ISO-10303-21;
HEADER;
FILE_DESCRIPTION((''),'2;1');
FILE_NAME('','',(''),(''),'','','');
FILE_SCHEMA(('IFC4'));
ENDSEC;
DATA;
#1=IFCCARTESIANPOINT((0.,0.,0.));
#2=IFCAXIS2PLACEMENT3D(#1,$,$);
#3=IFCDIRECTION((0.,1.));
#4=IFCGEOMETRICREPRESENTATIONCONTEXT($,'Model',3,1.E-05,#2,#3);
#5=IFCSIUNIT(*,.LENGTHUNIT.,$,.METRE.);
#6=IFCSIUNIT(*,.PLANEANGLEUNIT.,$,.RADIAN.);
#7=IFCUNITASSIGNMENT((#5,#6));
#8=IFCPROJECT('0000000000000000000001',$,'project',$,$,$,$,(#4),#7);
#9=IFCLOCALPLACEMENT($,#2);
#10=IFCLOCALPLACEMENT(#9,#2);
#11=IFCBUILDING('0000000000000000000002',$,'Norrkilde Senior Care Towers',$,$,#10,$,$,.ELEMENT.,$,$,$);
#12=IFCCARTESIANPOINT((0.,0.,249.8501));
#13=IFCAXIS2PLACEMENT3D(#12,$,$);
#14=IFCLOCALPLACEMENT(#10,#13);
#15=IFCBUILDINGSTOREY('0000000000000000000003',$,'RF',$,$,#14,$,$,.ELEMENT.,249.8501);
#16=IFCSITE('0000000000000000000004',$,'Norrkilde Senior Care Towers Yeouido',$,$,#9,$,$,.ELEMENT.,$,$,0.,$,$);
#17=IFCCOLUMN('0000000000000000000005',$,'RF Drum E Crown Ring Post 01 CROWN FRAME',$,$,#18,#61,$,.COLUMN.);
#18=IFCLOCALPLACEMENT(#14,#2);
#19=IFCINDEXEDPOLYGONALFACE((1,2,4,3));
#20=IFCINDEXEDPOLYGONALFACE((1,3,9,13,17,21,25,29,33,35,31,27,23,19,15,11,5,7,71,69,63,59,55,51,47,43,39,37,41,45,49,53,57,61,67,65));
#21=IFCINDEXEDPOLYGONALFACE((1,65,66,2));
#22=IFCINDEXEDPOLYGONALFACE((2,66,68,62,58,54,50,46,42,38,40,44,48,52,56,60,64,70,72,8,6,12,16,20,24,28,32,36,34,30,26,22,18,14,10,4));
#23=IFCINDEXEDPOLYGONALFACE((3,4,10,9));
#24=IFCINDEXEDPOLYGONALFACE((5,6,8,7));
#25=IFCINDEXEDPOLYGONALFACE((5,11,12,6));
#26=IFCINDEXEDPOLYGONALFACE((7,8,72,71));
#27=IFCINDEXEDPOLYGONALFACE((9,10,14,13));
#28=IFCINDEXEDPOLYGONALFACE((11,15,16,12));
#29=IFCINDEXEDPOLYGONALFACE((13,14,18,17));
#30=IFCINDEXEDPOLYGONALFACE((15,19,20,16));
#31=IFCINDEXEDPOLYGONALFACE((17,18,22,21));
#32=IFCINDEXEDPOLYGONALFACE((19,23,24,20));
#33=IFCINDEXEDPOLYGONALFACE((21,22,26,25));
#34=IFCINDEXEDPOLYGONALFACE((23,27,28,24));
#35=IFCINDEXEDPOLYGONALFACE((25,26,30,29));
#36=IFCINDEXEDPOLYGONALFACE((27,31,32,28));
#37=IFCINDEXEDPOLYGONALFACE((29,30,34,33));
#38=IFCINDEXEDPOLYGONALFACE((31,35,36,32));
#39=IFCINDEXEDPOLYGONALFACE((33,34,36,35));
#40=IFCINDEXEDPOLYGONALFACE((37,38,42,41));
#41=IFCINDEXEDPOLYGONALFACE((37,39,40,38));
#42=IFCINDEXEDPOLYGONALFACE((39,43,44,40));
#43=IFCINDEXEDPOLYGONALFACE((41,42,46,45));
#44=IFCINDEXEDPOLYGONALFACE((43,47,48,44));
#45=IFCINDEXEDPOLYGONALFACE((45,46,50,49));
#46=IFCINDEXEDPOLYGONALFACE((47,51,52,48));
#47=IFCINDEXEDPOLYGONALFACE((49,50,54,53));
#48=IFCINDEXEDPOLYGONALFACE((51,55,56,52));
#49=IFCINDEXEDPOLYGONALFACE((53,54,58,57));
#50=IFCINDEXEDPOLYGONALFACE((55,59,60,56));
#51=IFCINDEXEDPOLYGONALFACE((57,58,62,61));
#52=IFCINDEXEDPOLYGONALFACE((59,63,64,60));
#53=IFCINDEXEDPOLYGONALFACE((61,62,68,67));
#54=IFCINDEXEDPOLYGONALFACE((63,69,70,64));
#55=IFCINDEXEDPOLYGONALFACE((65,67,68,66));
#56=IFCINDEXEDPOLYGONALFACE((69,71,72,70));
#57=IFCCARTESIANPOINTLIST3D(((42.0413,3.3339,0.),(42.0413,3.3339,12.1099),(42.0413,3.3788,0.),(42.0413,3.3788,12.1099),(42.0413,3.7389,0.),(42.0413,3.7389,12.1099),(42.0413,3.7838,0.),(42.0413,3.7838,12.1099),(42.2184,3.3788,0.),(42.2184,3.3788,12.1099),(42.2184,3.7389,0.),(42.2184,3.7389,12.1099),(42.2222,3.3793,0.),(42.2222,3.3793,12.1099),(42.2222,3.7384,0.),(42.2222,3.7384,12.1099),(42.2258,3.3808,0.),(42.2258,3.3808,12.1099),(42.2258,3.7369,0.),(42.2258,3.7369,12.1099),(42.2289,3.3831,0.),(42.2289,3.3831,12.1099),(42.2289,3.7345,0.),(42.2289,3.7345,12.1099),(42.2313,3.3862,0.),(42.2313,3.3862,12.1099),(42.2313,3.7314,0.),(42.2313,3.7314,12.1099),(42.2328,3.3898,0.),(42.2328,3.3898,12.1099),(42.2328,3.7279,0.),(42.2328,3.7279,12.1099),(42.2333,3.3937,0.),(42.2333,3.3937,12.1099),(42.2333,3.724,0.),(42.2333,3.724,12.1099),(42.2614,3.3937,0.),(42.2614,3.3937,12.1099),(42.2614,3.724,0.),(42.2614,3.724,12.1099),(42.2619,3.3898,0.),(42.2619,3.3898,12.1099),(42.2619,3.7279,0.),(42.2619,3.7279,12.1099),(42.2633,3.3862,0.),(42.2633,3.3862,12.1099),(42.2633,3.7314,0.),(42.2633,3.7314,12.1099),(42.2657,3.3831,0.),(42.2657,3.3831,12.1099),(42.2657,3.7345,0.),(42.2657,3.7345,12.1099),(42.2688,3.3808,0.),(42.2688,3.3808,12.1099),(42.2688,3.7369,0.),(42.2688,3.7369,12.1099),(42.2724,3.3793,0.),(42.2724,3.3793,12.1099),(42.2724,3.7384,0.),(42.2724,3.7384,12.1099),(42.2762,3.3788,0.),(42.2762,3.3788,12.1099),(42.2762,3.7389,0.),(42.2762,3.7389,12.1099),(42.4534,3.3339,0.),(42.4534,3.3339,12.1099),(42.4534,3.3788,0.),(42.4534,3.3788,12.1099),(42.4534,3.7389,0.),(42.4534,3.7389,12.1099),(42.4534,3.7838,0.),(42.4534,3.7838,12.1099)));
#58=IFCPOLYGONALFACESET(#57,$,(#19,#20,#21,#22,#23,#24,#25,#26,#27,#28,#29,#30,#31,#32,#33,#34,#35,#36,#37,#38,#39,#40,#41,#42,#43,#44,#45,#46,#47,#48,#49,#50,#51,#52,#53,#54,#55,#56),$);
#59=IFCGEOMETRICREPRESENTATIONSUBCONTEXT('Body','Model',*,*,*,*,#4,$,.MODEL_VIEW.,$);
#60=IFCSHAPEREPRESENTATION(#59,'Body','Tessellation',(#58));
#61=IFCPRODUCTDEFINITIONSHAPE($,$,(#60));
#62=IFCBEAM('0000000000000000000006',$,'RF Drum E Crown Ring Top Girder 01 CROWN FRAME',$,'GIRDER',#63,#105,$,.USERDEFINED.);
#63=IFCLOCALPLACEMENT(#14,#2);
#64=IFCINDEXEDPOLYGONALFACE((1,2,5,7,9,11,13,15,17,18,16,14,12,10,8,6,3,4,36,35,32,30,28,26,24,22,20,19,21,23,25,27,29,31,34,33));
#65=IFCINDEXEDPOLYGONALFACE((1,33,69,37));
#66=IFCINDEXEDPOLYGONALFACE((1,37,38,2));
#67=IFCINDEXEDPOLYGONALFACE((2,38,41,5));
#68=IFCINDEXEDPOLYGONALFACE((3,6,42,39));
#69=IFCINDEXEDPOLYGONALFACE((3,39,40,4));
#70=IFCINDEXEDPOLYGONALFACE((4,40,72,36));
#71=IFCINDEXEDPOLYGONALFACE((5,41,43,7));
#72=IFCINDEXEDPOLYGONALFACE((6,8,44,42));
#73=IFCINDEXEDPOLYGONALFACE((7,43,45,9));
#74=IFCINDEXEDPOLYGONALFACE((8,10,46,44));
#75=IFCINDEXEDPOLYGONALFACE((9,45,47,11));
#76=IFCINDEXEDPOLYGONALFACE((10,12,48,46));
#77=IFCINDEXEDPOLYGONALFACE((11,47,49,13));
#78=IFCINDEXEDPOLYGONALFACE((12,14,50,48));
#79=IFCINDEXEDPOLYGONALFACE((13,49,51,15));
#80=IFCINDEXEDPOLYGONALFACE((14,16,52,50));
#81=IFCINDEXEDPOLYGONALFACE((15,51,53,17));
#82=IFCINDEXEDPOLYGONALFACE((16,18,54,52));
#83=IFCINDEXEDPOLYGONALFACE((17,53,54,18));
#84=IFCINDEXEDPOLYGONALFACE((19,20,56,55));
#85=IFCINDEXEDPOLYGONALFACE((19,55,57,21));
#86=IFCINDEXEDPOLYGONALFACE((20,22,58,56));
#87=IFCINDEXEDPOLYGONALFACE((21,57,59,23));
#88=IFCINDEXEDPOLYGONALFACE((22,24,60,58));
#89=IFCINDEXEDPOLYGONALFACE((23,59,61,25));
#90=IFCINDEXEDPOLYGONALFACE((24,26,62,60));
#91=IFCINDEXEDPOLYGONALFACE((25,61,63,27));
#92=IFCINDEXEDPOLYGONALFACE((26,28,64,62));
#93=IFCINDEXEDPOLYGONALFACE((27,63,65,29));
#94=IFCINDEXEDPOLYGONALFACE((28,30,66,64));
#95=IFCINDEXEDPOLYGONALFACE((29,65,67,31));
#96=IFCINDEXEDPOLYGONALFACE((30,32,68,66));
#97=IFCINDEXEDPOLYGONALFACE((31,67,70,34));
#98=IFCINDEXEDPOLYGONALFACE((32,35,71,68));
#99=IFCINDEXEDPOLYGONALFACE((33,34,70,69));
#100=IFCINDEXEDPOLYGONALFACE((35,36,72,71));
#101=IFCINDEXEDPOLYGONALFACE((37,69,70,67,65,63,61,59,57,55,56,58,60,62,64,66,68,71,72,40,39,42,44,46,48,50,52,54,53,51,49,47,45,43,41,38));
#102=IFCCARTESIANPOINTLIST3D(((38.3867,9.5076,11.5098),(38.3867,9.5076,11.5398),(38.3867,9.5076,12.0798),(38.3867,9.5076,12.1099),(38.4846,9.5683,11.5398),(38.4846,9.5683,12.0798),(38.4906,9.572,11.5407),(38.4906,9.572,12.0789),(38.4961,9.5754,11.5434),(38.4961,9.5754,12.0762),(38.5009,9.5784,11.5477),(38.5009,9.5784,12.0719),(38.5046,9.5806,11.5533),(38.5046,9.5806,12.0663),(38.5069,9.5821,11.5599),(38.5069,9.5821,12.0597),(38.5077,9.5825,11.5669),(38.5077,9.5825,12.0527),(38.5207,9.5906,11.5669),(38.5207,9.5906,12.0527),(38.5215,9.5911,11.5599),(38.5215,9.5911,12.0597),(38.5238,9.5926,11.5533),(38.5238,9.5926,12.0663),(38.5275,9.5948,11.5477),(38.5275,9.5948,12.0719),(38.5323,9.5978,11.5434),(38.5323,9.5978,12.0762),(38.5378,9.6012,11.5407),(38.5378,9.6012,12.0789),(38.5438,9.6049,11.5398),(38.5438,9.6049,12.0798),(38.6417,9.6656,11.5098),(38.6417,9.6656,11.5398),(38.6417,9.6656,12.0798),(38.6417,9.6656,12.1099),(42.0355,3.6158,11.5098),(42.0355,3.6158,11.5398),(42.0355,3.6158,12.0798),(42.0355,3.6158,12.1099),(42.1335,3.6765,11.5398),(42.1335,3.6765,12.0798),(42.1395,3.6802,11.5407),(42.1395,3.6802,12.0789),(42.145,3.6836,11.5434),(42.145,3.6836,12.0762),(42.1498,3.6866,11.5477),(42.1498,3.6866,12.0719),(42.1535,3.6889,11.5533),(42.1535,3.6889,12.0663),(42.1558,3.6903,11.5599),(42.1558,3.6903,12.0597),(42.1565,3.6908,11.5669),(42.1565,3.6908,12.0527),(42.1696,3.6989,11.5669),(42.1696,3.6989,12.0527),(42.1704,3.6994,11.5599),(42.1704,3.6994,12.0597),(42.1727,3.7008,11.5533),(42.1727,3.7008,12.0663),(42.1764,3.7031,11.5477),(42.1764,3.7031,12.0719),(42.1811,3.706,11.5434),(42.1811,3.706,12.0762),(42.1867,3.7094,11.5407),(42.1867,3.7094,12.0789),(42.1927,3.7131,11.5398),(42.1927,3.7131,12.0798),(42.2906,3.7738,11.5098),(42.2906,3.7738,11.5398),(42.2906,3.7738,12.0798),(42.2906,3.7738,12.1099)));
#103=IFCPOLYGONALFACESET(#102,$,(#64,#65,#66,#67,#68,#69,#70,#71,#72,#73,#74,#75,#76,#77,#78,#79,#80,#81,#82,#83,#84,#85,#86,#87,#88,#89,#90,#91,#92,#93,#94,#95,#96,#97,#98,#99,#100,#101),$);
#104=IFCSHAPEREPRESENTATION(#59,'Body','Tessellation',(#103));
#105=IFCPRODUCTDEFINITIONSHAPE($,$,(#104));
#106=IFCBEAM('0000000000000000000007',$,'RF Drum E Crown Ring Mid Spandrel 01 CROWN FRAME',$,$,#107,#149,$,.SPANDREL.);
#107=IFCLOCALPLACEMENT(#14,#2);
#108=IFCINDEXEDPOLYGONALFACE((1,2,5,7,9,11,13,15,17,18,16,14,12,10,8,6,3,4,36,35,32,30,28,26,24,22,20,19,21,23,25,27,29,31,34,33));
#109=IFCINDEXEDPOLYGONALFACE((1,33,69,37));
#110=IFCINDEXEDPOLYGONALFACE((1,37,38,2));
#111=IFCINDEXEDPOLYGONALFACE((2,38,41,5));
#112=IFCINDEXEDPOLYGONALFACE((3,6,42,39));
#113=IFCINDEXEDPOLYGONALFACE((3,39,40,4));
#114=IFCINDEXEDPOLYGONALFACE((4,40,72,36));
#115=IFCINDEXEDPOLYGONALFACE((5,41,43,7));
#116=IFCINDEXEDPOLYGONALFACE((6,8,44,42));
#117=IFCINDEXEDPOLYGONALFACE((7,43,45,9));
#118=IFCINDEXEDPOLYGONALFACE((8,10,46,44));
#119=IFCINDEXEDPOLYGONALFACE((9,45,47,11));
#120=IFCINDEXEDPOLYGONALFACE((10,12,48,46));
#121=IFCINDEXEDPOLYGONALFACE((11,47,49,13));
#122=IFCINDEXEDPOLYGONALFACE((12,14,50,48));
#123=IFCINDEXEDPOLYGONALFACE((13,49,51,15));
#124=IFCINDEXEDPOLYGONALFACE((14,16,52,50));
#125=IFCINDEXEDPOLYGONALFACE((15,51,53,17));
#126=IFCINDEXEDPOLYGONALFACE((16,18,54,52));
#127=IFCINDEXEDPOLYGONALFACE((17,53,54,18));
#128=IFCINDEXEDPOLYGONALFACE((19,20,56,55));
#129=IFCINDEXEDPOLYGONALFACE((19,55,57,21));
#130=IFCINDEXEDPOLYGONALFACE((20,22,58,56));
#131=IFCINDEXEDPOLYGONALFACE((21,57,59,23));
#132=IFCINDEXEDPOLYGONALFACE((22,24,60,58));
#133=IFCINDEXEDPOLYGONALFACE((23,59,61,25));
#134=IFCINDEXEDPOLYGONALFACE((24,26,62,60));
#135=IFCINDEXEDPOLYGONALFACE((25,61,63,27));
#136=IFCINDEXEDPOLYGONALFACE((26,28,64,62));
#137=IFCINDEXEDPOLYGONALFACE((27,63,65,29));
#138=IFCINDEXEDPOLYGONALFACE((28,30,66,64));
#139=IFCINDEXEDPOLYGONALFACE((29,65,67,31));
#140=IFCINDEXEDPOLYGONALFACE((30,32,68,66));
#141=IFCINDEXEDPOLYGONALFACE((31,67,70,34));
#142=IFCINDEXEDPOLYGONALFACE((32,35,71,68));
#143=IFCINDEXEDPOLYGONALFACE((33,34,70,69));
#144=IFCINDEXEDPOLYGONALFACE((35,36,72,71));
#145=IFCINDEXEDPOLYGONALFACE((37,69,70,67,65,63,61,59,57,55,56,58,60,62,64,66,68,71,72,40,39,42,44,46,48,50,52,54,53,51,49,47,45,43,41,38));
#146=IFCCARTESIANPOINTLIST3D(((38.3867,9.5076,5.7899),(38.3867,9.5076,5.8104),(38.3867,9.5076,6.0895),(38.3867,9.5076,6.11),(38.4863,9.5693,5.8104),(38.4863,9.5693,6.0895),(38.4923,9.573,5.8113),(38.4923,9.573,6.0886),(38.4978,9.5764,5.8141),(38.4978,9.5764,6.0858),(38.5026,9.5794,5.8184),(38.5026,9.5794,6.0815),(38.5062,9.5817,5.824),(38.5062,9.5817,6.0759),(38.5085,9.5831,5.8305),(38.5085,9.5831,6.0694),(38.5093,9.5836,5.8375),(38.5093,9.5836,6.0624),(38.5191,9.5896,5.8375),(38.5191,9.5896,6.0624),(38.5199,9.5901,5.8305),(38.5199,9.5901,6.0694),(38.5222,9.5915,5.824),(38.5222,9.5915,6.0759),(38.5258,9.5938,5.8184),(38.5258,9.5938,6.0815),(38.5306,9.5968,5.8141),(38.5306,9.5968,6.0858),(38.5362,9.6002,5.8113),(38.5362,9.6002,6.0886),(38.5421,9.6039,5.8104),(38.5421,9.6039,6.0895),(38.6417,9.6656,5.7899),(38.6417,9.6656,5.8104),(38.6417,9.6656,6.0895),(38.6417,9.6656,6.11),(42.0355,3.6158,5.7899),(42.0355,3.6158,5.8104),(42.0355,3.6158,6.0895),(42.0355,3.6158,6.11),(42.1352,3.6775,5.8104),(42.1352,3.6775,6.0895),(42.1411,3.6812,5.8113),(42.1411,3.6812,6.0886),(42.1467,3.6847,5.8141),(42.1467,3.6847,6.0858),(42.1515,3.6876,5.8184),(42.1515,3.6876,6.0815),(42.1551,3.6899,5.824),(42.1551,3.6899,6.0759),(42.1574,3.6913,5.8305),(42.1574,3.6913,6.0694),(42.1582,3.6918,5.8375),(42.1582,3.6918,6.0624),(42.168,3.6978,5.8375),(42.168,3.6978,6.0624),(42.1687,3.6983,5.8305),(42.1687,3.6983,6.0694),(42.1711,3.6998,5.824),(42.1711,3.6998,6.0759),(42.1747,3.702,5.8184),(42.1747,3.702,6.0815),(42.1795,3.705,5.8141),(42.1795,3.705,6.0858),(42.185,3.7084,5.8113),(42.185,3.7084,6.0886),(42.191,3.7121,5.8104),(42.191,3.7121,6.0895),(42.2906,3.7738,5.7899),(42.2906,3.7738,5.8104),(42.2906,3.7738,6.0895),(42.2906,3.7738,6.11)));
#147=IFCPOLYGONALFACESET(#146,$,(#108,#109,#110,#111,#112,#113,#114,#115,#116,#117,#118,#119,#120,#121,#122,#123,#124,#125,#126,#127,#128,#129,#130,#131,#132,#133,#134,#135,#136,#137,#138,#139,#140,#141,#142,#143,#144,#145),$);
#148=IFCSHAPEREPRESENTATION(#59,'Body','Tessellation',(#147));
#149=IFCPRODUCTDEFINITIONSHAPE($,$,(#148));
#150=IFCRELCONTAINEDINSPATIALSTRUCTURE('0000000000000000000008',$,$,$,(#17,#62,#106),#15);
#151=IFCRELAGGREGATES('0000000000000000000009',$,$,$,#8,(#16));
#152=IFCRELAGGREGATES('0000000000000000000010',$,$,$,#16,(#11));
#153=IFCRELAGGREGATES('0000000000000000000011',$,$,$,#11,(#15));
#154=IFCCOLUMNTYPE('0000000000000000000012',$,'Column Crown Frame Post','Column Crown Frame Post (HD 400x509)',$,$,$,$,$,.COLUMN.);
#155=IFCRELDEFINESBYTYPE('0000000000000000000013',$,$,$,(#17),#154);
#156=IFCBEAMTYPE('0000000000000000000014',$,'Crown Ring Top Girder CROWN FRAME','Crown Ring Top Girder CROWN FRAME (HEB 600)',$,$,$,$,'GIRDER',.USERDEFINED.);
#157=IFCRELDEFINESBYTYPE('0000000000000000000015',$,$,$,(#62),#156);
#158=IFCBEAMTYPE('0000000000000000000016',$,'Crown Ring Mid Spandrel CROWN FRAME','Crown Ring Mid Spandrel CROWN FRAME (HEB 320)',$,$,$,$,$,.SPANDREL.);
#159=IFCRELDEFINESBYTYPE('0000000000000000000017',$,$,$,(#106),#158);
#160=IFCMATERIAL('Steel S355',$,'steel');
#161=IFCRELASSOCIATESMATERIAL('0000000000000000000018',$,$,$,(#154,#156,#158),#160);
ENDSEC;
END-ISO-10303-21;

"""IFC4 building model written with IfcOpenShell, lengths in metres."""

from ifc_helpers import new_model, si_unit, direction, frame, origin, origin_2d, place, context, subcontext, project, spatial, i_section, extrude, source, transform, mapped, material, material_profile, profile_set, type_object, type_shapes, element, save


model = new_model("IFC4")

# Units and contexts
model_context = context("Model", 3, precision=1e-05, world=origin(), true_north=direction((0.0, 1.0)))
body_context = subcontext(model_context, "Body", "Model", "MODEL_VIEW")
ifc_project = project(units=[si_unit("LENGTHUNIT", "METRE"), si_unit("PLANEANGLEUNIT", "RADIAN")], contexts=[model_context])

# Site, building, storey
site_placement = place(None, origin())
site = spatial("IfcSite", under=ifc_project, at=site_placement, Name="Norrkilde Senior Care Towers Yeouido", CompositionType="ELEMENT", RefElevation=0.0)
building_placement = place(site_placement, origin())
building = spatial("IfcBuilding", under=site, at=building_placement, Name="Norrkilde Senior Care Towers", CompositionType="ELEMENT")
storey_placement = place(building_placement, frame((0.0, 0.0, 249.8501)))
storey = spatial("IfcBuildingStorey", under=building, at=storey_placement, Name="RF", CompositionType="ELEMENT", Elevation=249.8501)

# Column
ifc_material_1 = material(Name="Steel S355", Category="steel")
ifc_material_profile_1 = material_profile(ifc_material_1, i_section(OverallWidth=0.4121, OverallDepth=0.45, WebThickness=0.0281, FlangeThickness=0.0449, FilletRadius=0.0149, at=origin_2d()), Name="HD 400x509")
ifc_profile_set_1 = profile_set([ifc_material_profile_1], Name="Steel S355")
column_type = type_object("IfcColumnType", Name="Column Crown Frame Post", Description="Column Crown Frame Post (HD 400x509)", PredefinedType="COLUMN", material=ifc_profile_set_1)
shared_shape_1 = source(origin(), body_context, "Body", "SweptSolid", [
    extrude(i_section(OverallWidth=0.4121, OverallDepth=0.45, WebThickness=0.0281, FlangeThickness=0.0449, FilletRadius=0.0149, at=origin_2d()), origin(), (0.0, 0.0, 1.0), 12.1099),
])
type_shapes(column_type, [shared_shape_1])
column_placement = place(storey_placement, frame((42.2473, 3.5588, 0.0), z_axis=(0.0, 0.0, 1.0), x_axis=(1.0, 0.0, 0.0)))
element("IfcColumn", 1, at=column_placement, inside=storey, type_object=column_type, Name="RF Drum E Crown Ring Post 01 CROWN FRAME", PredefinedType="COLUMN", context=body_context, shape_type="MappedRepresentation", body=[
    mapped(shared_shape_1, transform((0.0, 0.0, 0.0), x_axis=(1.0, 0.0, 0.0), y_axis=(0.0, 1.0, 0.0), z_axis=(0.0, 0.0, 1.0), scale=1.0)),
])

# Beams
ifc_material_profile_2 = material_profile(ifc_material_1, i_section(OverallWidth=0.3, OverallDepth=0.6001, WebThickness=0.0154, FlangeThickness=0.03, FilletRadius=0.0271, at=origin_2d()), Name="HEB 600")
ifc_profile_set_2 = profile_set([ifc_material_profile_2], Name="Steel S355")
beam_type_1 = type_object("IfcBeamType", Name="Crown Ring Top Girder CROWN FRAME", Description="Crown Ring Top Girder CROWN FRAME (HEB 600)", ElementType="GIRDER", PredefinedType="USERDEFINED", material=ifc_profile_set_2)
shared_shape_2 = source(origin(), body_context, "Body", "SweptSolid", [
    extrude(i_section(OverallWidth=0.3, OverallDepth=0.6001, WebThickness=0.0154, FlangeThickness=0.03, FilletRadius=0.0271, at=origin_2d()), origin(), (0.0, 0.0, 1.0), 6.9302),
])
type_shapes(beam_type_1, [shared_shape_2])
beam_1_placement = place(storey_placement, frame((42.1631, 3.6948, 11.8098), z_axis=(-0.526521, 0.850162, 0.0), x_axis=(-0.850162, -0.526521, 0.0)))
element("IfcBeam", 2, at=beam_1_placement, inside=storey, type_object=beam_type_1, Name="RF Drum E Crown Ring Top Girder 01 CROWN FRAME", ObjectType="GIRDER", PredefinedType="USERDEFINED", context=body_context, shape_type="MappedRepresentation", body=[
    mapped(shared_shape_2, transform((0.0, 0.0, 0.0), x_axis=(1.0, 0.0, 0.0), y_axis=(0.0, 1.0, 0.0), z_axis=(0.0, 0.0, 1.0), scale=1.0)),
])
ifc_material_profile_3 = material_profile(ifc_material_1, i_section(OverallWidth=0.3, OverallDepth=0.3201, WebThickness=0.0115, FlangeThickness=0.0205, FilletRadius=0.0271, at=origin_2d()), Name="HEB 320")
ifc_profile_set_3 = profile_set([ifc_material_profile_3], Name="Steel S355")
beam_type_2 = type_object("IfcBeamType", Name="Crown Ring Mid Spandrel CROWN FRAME", Description="Crown Ring Mid Spandrel CROWN FRAME (HEB 320)", PredefinedType="SPANDREL", material=ifc_profile_set_3)
shared_shape_3 = source(origin(), body_context, "Body", "SweptSolid", [
    extrude(i_section(OverallWidth=0.3, OverallDepth=0.3201, WebThickness=0.0115, FlangeThickness=0.0205, FilletRadius=0.0271, at=origin_2d()), origin(), (0.0, 0.0, 1.0), 6.9302),
])
type_shapes(beam_type_2, [shared_shape_3])
beam_2_placement = place(storey_placement, frame((42.1631, 3.6948, 5.95), z_axis=(-0.526521, 0.850162, 0.0), x_axis=(-0.850162, -0.526521, 0.0)))
element("IfcBeam", 3, at=beam_2_placement, inside=storey, type_object=beam_type_2, Name="RF Drum E Crown Ring Mid Spandrel 01 CROWN FRAME", PredefinedType="SPANDREL", context=body_context, shape_type="MappedRepresentation", body=[
    mapped(shared_shape_3, transform((0.0, 0.0, 0.0), x_axis=(1.0, 0.0, 0.0), y_axis=(0.0, 1.0, 0.0), z_axis=(0.0, 0.0, 1.0), scale=1.0)),
])

save(model, "model.ifc")
